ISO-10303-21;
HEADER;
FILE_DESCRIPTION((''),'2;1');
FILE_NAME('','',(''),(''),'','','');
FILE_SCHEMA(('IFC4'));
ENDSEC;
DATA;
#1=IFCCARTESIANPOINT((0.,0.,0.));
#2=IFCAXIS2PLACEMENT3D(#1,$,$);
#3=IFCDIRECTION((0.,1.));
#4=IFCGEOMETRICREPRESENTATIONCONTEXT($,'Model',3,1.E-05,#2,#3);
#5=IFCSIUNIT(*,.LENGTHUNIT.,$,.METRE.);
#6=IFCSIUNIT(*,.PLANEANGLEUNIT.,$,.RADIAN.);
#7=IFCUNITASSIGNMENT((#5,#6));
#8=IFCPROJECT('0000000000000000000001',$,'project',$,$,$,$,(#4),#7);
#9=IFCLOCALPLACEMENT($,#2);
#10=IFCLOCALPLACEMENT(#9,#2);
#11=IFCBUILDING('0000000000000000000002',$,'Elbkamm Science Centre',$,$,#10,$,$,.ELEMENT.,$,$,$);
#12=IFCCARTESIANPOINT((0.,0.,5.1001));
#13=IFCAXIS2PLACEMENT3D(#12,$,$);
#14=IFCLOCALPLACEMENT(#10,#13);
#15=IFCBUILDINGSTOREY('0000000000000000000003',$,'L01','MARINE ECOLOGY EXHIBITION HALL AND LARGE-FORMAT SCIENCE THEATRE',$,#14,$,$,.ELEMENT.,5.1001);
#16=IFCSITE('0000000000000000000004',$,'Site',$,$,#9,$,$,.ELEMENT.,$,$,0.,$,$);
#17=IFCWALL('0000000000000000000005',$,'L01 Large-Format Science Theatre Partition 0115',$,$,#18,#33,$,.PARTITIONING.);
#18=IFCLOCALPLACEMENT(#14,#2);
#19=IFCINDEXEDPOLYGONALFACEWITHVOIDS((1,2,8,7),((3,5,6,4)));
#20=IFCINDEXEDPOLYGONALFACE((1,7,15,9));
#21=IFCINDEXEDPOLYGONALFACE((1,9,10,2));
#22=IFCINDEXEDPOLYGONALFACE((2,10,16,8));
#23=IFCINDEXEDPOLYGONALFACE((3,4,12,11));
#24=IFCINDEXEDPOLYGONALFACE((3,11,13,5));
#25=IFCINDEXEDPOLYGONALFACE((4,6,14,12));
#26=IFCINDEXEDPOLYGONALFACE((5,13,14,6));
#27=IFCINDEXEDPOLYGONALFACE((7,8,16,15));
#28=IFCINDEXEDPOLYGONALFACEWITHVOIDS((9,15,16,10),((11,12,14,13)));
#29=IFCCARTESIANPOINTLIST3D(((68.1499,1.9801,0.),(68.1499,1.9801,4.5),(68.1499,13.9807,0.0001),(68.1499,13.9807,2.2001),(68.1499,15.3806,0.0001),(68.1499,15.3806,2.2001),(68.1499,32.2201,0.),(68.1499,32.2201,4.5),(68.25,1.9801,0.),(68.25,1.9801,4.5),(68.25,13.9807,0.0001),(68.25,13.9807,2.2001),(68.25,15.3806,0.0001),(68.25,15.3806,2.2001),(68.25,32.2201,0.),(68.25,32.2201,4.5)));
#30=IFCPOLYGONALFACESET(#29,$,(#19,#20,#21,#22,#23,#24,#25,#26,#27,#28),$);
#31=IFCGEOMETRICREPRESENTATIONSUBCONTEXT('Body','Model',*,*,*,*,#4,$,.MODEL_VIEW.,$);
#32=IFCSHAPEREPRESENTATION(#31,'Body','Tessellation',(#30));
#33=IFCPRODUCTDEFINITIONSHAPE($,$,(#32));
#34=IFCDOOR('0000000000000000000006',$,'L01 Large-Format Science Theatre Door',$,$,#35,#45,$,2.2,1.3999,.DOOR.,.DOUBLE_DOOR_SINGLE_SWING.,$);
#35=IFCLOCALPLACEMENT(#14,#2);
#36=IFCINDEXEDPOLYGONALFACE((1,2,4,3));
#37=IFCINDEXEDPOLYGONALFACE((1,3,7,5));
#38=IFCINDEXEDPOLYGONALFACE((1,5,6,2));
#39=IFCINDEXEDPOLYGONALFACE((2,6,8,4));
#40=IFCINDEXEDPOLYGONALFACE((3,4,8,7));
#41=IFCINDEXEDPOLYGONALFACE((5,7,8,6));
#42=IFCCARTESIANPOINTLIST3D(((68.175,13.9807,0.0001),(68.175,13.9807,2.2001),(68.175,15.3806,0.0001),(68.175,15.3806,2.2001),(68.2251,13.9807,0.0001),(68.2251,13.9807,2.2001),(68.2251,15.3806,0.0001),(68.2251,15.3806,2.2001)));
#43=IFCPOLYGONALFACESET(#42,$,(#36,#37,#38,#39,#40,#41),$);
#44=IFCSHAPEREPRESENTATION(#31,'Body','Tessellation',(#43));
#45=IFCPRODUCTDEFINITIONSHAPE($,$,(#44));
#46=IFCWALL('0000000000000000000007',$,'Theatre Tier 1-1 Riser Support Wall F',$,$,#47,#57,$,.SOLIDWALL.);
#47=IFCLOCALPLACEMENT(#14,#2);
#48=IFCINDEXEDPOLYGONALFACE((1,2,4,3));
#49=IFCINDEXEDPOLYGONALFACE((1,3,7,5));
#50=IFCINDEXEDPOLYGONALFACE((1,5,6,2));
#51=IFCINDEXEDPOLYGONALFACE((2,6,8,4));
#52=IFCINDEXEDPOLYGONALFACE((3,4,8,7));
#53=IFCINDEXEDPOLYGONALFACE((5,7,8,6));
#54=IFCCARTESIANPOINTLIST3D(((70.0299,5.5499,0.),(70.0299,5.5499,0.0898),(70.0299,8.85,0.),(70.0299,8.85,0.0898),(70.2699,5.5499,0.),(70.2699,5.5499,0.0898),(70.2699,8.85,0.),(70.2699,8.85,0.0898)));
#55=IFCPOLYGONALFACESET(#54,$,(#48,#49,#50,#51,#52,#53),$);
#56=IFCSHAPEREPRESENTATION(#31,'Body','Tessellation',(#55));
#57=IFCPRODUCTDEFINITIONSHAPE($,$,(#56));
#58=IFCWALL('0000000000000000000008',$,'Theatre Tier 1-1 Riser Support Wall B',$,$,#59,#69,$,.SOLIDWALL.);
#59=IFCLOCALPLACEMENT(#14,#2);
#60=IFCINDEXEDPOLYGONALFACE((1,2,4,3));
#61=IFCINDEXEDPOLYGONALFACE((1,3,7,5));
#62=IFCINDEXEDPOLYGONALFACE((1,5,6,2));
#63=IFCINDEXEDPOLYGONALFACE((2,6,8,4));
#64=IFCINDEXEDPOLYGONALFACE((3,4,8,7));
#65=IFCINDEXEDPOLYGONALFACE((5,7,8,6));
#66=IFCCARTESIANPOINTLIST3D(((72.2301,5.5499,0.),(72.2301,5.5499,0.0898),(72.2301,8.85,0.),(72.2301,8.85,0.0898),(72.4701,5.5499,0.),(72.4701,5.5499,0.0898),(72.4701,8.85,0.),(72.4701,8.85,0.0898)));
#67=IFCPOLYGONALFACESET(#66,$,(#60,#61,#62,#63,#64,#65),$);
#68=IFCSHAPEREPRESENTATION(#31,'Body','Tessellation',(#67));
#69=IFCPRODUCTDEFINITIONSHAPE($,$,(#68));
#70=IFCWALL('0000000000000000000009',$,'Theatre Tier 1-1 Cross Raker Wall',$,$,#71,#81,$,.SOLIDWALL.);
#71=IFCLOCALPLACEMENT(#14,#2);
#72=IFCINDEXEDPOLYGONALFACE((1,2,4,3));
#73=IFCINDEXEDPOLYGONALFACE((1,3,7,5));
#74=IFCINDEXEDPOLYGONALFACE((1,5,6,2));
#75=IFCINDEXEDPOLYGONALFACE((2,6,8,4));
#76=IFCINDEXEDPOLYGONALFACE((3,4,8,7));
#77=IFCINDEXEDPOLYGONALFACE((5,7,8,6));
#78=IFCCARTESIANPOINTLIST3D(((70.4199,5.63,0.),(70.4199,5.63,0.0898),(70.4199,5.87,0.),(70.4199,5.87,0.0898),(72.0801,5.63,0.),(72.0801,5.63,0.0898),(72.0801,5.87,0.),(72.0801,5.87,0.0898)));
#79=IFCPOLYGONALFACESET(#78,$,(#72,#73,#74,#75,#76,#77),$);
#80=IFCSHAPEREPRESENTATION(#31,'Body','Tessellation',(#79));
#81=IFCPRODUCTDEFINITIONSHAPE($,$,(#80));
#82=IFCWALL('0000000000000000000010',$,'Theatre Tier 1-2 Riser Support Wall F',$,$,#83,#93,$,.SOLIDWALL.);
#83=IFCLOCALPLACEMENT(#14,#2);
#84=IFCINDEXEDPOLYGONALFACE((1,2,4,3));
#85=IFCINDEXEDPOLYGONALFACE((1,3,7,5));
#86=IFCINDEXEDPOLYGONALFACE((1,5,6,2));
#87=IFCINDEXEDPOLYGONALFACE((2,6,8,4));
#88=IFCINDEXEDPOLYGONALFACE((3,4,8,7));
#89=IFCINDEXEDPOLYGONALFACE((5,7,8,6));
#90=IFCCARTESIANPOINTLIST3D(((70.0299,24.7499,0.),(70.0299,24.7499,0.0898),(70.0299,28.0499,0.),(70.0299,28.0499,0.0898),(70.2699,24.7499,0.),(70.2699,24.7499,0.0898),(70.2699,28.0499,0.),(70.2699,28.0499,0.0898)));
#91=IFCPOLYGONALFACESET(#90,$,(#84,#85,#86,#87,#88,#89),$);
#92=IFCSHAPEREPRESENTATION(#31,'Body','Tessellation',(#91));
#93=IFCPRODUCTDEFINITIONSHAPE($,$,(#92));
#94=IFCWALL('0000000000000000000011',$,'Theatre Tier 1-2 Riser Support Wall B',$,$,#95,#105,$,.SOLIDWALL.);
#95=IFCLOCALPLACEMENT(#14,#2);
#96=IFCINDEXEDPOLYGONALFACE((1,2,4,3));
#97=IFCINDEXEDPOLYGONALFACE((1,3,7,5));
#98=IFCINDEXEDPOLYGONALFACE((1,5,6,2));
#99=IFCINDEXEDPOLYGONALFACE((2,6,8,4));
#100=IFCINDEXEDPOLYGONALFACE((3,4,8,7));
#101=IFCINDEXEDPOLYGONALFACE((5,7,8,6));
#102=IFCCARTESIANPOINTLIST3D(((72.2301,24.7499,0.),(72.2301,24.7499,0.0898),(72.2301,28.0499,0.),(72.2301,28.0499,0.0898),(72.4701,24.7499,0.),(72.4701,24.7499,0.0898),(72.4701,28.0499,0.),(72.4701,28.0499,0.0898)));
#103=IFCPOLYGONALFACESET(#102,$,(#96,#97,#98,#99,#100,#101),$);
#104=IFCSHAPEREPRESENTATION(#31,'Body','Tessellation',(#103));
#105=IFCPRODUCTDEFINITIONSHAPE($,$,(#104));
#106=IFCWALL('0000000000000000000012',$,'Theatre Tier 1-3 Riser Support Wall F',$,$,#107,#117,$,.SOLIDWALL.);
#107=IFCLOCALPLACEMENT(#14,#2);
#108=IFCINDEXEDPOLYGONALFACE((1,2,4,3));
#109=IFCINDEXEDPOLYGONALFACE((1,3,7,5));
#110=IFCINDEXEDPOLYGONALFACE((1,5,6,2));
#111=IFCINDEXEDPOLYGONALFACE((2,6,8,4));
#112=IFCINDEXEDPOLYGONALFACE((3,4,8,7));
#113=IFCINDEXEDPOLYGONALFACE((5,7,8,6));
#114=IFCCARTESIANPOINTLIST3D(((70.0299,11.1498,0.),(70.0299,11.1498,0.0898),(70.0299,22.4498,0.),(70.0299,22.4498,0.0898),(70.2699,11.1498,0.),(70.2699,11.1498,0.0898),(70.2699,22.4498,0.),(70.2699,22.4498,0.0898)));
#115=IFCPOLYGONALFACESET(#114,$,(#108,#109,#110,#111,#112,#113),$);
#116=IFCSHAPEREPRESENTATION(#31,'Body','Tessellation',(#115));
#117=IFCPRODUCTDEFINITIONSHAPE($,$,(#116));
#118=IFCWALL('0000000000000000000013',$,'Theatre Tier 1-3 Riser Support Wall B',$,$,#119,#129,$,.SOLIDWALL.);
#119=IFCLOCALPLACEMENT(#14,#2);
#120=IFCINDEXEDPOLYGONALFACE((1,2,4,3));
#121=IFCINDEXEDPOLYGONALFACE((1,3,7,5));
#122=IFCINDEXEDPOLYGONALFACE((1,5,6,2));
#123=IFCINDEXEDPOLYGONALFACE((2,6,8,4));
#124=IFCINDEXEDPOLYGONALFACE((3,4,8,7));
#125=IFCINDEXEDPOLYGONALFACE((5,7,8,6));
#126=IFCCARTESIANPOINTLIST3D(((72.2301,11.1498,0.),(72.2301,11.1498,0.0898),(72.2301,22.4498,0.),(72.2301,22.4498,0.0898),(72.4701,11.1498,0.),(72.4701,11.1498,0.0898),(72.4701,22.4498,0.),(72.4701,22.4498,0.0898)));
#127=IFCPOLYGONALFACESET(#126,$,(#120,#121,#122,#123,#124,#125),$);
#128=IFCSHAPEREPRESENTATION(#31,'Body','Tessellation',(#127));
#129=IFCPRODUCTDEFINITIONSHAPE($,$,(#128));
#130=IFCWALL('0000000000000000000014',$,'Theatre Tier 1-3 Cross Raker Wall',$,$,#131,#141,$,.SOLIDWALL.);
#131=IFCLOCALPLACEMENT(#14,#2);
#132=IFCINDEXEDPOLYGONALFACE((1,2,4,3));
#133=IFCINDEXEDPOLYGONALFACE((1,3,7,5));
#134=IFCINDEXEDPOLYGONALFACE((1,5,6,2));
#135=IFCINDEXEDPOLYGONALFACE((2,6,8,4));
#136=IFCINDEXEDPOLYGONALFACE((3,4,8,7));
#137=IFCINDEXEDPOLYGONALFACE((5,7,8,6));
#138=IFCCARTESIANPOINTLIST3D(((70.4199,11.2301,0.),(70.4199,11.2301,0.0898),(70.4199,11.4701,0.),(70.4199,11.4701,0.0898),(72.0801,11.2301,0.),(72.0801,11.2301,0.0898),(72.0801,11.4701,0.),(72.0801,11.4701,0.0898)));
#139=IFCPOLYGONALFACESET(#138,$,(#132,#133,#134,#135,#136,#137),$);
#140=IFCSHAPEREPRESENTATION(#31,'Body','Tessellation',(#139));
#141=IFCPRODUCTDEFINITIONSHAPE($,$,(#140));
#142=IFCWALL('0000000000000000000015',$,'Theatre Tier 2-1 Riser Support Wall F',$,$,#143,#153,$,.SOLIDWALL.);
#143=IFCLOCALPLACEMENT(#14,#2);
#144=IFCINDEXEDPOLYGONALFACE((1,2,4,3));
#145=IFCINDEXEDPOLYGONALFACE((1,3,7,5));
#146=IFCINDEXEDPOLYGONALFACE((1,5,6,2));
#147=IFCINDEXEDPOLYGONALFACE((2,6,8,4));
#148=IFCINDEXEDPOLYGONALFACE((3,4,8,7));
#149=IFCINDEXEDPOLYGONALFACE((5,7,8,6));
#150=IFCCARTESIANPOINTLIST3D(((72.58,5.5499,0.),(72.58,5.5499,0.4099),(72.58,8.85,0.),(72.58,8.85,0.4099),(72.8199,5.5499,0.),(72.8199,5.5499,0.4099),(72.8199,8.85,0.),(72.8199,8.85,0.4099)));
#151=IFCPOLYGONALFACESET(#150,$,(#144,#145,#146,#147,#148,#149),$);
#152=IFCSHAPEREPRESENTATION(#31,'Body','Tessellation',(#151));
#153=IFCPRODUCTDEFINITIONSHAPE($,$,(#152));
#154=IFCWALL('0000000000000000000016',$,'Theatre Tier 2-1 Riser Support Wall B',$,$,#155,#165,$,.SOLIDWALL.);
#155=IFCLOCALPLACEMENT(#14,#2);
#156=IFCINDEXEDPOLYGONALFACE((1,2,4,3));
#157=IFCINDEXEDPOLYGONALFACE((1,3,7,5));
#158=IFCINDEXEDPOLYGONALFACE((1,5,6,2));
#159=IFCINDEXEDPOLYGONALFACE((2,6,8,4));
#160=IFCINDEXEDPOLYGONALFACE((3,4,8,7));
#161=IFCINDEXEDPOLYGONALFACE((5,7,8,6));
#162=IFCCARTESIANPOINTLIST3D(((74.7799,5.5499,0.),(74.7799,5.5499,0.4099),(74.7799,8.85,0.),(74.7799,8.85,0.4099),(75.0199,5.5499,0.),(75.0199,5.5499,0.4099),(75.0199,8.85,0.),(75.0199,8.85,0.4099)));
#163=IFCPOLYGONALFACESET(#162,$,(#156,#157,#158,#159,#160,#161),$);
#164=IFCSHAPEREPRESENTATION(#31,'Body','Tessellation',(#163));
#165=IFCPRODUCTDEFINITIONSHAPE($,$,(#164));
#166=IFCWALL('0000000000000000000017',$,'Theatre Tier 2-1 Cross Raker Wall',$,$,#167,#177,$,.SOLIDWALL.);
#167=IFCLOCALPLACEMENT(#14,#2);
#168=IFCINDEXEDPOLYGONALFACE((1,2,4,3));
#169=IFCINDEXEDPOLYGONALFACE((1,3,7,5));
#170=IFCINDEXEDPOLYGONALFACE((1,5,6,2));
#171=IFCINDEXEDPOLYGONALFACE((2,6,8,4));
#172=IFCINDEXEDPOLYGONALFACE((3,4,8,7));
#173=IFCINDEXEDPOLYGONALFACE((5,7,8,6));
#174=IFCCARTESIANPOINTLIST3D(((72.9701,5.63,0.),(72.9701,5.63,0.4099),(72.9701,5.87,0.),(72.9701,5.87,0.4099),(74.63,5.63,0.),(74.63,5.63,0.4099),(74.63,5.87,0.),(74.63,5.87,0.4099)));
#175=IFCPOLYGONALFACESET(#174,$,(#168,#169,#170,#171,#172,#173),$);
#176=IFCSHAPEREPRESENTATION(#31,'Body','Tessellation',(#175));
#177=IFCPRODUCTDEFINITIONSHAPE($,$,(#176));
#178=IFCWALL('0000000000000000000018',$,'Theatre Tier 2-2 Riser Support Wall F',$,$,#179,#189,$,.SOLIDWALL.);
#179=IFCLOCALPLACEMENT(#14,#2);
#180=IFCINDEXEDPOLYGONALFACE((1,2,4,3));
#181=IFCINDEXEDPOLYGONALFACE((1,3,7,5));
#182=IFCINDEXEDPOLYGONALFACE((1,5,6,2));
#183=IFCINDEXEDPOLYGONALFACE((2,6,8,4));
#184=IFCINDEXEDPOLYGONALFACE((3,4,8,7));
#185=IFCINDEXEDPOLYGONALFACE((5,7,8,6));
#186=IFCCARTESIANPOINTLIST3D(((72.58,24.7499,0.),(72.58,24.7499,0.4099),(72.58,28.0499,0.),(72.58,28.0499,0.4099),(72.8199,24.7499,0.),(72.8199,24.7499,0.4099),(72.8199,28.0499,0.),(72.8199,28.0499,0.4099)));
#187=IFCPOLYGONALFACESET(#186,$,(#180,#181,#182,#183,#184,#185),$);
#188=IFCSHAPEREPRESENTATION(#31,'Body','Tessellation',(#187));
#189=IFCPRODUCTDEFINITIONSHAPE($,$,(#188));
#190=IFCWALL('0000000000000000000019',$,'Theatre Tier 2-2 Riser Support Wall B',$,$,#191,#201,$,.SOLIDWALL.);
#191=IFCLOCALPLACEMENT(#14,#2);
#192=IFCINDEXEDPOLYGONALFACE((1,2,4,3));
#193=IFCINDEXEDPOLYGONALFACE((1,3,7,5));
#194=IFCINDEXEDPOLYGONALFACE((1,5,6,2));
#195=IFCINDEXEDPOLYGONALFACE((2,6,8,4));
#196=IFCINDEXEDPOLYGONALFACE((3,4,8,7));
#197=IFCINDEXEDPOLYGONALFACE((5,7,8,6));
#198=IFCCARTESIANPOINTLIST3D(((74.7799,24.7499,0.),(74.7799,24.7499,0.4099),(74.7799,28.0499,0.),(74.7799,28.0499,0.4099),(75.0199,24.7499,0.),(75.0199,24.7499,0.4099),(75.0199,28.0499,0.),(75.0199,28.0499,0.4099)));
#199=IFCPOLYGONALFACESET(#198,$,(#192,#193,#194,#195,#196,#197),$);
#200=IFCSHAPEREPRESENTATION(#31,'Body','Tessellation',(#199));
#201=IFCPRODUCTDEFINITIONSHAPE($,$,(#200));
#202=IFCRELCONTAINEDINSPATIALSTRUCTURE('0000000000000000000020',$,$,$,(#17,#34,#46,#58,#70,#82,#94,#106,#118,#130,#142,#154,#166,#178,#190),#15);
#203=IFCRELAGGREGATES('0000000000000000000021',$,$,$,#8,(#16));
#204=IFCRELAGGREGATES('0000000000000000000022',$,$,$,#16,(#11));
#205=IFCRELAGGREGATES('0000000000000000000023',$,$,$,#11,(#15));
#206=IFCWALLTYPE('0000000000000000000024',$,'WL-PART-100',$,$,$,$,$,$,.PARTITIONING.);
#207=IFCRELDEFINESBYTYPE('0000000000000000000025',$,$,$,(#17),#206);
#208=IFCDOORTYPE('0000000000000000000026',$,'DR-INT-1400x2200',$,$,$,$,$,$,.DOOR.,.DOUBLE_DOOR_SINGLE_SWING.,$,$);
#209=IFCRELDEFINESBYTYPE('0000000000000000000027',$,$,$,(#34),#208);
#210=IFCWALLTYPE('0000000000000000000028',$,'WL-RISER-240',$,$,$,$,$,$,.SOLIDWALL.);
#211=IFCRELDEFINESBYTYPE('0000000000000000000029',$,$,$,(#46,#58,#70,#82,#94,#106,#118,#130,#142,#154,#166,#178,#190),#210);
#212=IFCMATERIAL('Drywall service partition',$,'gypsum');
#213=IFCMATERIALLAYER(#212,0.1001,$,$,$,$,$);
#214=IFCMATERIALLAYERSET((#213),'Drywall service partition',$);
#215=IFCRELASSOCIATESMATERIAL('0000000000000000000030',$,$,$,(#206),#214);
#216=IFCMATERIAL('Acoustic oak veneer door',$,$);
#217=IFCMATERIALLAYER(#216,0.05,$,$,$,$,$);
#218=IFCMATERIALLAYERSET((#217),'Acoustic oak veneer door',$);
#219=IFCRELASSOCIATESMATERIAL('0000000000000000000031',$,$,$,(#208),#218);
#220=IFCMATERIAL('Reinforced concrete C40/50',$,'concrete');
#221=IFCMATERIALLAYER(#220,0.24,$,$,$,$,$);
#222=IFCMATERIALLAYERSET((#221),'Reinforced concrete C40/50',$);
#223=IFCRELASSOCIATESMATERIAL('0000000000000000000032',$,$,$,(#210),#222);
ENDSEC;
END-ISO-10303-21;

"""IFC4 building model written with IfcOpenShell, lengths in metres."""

from ifc_helpers import new_model, si_unit, direction, frame, frame_2d, origin, place, context, subcontext, project, spatial, rectangle, extrude, material, layer, layer_set, type_object, element, fill, save


model = new_model("IFC4")

# Units and contexts
model_context = context("Model", 3, precision=1e-05, world=origin(), true_north=direction((0.0, 1.0)))
body_context = subcontext(model_context, "Body", "Model", "MODEL_VIEW")
ifc_project = project(units=[si_unit("LENGTHUNIT", "METRE"), si_unit("PLANEANGLEUNIT", "RADIAN")], contexts=[model_context])

# Site, building, storey
site_placement = place(None, origin())
site = spatial("IfcSite", under=ifc_project, at=site_placement, Name="Site", CompositionType="ELEMENT", RefElevation=0.0)
building_placement = place(site_placement, origin())
building = spatial("IfcBuilding", under=site, at=building_placement, Name="Elbkamm Science Centre", CompositionType="ELEMENT")
storey_placement = place(building_placement, frame((0.0, 0.0, 5.1001)))
storey = spatial("IfcBuildingStorey", under=building, at=storey_placement, Name="L01", Description="MARINE ECOLOGY EXHIBITION HALL AND LARGE-FORMAT SCIENCE THEATRE", CompositionType="ELEMENT", Elevation=5.1001)

# Shared definitions
ifc_material_1 = material(Name="Reinforced concrete C40/50", Category="concrete")

# Wall, opening, door
ifc_material_2 = material(Name="Drywall service partition", Category="gypsum")
ifc_layer_1 = layer(ifc_material_2, 0.1001)
ifc_layer_set_1 = layer_set([ifc_layer_1], Name="Drywall service partition")
wall_type_1 = type_object("IfcWallType", Name="WL-PART-100", PredefinedType="PARTITIONING", material=ifc_layer_set_1)
wall_1_placement = place(storey_placement, frame((68.2, 1.98, 0.0), z_axis=(0.0, 0.0, 1.0), x_axis=(0.0, 1.0, 0.0)))
wall_1 = element("IfcWall", 1, at=wall_1_placement, inside=storey, type_object=wall_type_1, Name="L01 Large-Format Science Theatre Partition 0115", PredefinedType="PARTITIONING", context=body_context, shape_type="SweptSolid", body=[
    extrude(rectangle(XDim=30.24, YDim=0.1001, at=frame_2d((15.1201, 0.0))), origin(), (0.0, 0.0, 1.0), 4.5),
])
opening_1_placement = place(wall_1_placement, frame((12.0007, 0.0, 0.0)))
opening_1 = element("IfcOpeningElement", 2, at=opening_1_placement, cuts=wall_1, PredefinedType="OPENING", context=body_context, shape_type="SweptSolid", body=[
    extrude(rectangle(XDim=1.3999, YDim=2.2, at=frame_2d((0.7, 1.1001))), frame((0.0, 0.062, 0.0), z_axis=(0.0, -1.0, 0.0), x_axis=(1.0, 0.0, 0.0)), (0.0, 0.0, 1.0), 0.124),
])
ifc_material_3 = material(Name="Acoustic oak veneer door")
ifc_layer_2 = layer(ifc_material_3, 0.05)
ifc_layer_set_2 = layer_set([ifc_layer_2], Name="Acoustic oak veneer door")
door_type_1 = type_object("IfcDoorType", Name="DR-INT-1400x2200", OperationType="DOUBLE_DOOR_SINGLE_SWING", PredefinedType="DOOR", material=ifc_layer_set_2)
door_1_placement = place(opening_1_placement, origin())
door_1 = element("IfcDoor", 3, at=door_1_placement, inside=storey, type_object=door_type_1, Name="L01 Large-Format Science Theatre Door", OperationType="DOUBLE_DOOR_SINGLE_SWING", OverallHeight=2.2, OverallWidth=1.3999, PredefinedType="DOOR", context=body_context, shape_type="SweptSolid", body=[
    extrude(rectangle(XDim=1.3999, YDim=2.2, at=frame_2d((0.7, 1.1001))), frame((0.0, 0.0249, 0.0), z_axis=(0.0, -1.0, 0.0), x_axis=(1.0, 0.0, 0.0)), (0.0, 0.0, 1.0), 0.05),
])
fill(opening_1, door_1)

# Walls
ifc_layer_3 = layer(ifc_material_1, 0.24)
ifc_layer_set_3 = layer_set([ifc_layer_3], Name="Reinforced concrete C40/50")
wall_type_2 = type_object("IfcWallType", Name="WL-RISER-240", PredefinedType="SOLIDWALL", material=ifc_layer_set_3)
for number, where, z_axis, x_axis, name in (
    (4, (70.1499, 5.55, 0.0), (0.0, 0.0, 1.0), (0.0, 1.0, 0.0), "Theatre Tier 1-1 Riser Support Wall F"),
    (5, (72.3501, 5.55, 0.0), (0.0, 0.0, 1.0), (0.0, 1.0, 0.0), "Theatre Tier 1-1 Riser Support Wall B"),
):
    element("IfcWall", number, at=place(storey_placement, frame(where, z_axis=z_axis, x_axis=x_axis)), inside=storey, type_object=wall_type_2, Name=name, PredefinedType="SOLIDWALL", context=body_context, shape_type="SweptSolid", body=[
        extrude(rectangle(XDim=3.3, YDim=0.24, at=frame_2d((1.6499, 0.0))), origin(), (0.0, 0.0, 1.0), 0.0898),
    ])
wall_2_placement = place(storey_placement, frame((70.4199, 5.75, 0.0), z_axis=(0.0, 0.0, 1.0), x_axis=(1.0, 0.0, 0.0)))
element("IfcWall", 6, at=wall_2_placement, inside=storey, type_object=wall_type_2, Name="Theatre Tier 1-1 Cross Raker Wall", PredefinedType="SOLIDWALL", context=body_context, shape_type="SweptSolid", body=[
    extrude(rectangle(XDim=1.6602, YDim=0.24, at=frame_2d((0.8301, 0.0))), origin(), (0.0, 0.0, 1.0), 0.0898),
])
for number, where, z_axis, x_axis, name in (
    (7, (70.1499, 24.75, 0.0), (0.0, 0.0, 1.0), (0.0, 1.0, 0.0), "Theatre Tier 1-2 Riser Support Wall F"),
    (8, (72.3501, 24.75, 0.0), (0.0, 0.0, 1.0), (0.0, 1.0, 0.0), "Theatre Tier 1-2 Riser Support Wall B"),
):
    element("IfcWall", number, at=place(storey_placement, frame(where, z_axis=z_axis, x_axis=x_axis)), inside=storey, type_object=wall_type_2, Name=name, PredefinedType="SOLIDWALL", context=body_context, shape_type="SweptSolid", body=[
        extrude(rectangle(XDim=3.3, YDim=0.24, at=frame_2d((1.6499, 0.0))), origin(), (0.0, 0.0, 1.0), 0.0898),
    ])
for number, where, z_axis, x_axis, name in (
    (9, (70.1499, 11.1499, 0.0), (0.0, 0.0, 1.0), (0.0, 1.0, 0.0), "Theatre Tier 1-3 Riser Support Wall F"),
    (10, (72.3501, 11.1499, 0.0), (0.0, 0.0, 1.0), (0.0, 1.0, 0.0), "Theatre Tier 1-3 Riser Support Wall B"),
):
    element("IfcWall", number, at=place(storey_placement, frame(where, z_axis=z_axis, x_axis=x_axis)), inside=storey, type_object=wall_type_2, Name=name, PredefinedType="SOLIDWALL", context=body_context, shape_type="SweptSolid", body=[
        extrude(rectangle(XDim=11.3, YDim=0.24, at=frame_2d((5.6499, 0.0))), origin(), (0.0, 0.0, 1.0), 0.0898),
    ])
wall_3_placement = place(storey_placement, frame((70.4199, 11.3501, 0.0), z_axis=(0.0, 0.0, 1.0), x_axis=(1.0, 0.0, 0.0)))
element("IfcWall", 11, at=wall_3_placement, inside=storey, type_object=wall_type_2, Name="Theatre Tier 1-3 Cross Raker Wall", PredefinedType="SOLIDWALL", context=body_context, shape_type="SweptSolid", body=[
    extrude(rectangle(XDim=1.6602, YDim=0.24, at=frame_2d((0.8301, 0.0))), origin(), (0.0, 0.0, 1.0), 0.0898),
])
for number, where, z_axis, x_axis, name in (
    (12, (72.7, 5.55, 0.0), (0.0, 0.0, 1.0), (0.0, 1.0, 0.0), "Theatre Tier 2-1 Riser Support Wall F"),
    (13, (74.8999, 5.55, 0.0), (0.0, 0.0, 1.0), (0.0, 1.0, 0.0), "Theatre Tier 2-1 Riser Support Wall B"),
):
    element("IfcWall", number, at=place(storey_placement, frame(where, z_axis=z_axis, x_axis=x_axis)), inside=storey, type_object=wall_type_2, Name=name, PredefinedType="SOLIDWALL", context=body_context, shape_type="SweptSolid", body=[
        extrude(rectangle(XDim=3.3, YDim=0.24, at=frame_2d((1.6499, 0.0))), origin(), (0.0, 0.0, 1.0), 0.4099),
    ])
wall_4_placement = place(storey_placement, frame((72.97, 5.75, 0.0), z_axis=(0.0, 0.0, 1.0), x_axis=(1.0, 0.0, 0.0)))
element("IfcWall", 14, at=wall_4_placement, inside=storey, type_object=wall_type_2, Name="Theatre Tier 2-1 Cross Raker Wall", PredefinedType="SOLIDWALL", context=body_context, shape_type="SweptSolid", body=[
    extrude(rectangle(XDim=1.6599, YDim=0.24, at=frame_2d((0.8301, 0.0))), origin(), (0.0, 0.0, 1.0), 0.4099),
])
for number, where, z_axis, x_axis, name in (
    (15, (72.7, 24.75, 0.0), (0.0, 0.0, 1.0), (0.0, 1.0, 0.0), "Theatre Tier 2-2 Riser Support Wall F"),
    (16, (74.8999, 24.75, 0.0), (0.0, 0.0, 1.0), (0.0, 1.0, 0.0), "Theatre Tier 2-2 Riser Support Wall B"),
):
    element("IfcWall", number, at=place(storey_placement, frame(where, z_axis=z_axis, x_axis=x_axis)), inside=storey, type_object=wall_type_2, Name=name, PredefinedType="SOLIDWALL", context=body_context, shape_type="SweptSolid", body=[
        extrude(rectangle(XDim=3.3, YDim=0.24, at=frame_2d((1.6499, 0.0))), origin(), (0.0, 0.0, 1.0), 0.4099),
    ])

save(model, "model.ifc")
